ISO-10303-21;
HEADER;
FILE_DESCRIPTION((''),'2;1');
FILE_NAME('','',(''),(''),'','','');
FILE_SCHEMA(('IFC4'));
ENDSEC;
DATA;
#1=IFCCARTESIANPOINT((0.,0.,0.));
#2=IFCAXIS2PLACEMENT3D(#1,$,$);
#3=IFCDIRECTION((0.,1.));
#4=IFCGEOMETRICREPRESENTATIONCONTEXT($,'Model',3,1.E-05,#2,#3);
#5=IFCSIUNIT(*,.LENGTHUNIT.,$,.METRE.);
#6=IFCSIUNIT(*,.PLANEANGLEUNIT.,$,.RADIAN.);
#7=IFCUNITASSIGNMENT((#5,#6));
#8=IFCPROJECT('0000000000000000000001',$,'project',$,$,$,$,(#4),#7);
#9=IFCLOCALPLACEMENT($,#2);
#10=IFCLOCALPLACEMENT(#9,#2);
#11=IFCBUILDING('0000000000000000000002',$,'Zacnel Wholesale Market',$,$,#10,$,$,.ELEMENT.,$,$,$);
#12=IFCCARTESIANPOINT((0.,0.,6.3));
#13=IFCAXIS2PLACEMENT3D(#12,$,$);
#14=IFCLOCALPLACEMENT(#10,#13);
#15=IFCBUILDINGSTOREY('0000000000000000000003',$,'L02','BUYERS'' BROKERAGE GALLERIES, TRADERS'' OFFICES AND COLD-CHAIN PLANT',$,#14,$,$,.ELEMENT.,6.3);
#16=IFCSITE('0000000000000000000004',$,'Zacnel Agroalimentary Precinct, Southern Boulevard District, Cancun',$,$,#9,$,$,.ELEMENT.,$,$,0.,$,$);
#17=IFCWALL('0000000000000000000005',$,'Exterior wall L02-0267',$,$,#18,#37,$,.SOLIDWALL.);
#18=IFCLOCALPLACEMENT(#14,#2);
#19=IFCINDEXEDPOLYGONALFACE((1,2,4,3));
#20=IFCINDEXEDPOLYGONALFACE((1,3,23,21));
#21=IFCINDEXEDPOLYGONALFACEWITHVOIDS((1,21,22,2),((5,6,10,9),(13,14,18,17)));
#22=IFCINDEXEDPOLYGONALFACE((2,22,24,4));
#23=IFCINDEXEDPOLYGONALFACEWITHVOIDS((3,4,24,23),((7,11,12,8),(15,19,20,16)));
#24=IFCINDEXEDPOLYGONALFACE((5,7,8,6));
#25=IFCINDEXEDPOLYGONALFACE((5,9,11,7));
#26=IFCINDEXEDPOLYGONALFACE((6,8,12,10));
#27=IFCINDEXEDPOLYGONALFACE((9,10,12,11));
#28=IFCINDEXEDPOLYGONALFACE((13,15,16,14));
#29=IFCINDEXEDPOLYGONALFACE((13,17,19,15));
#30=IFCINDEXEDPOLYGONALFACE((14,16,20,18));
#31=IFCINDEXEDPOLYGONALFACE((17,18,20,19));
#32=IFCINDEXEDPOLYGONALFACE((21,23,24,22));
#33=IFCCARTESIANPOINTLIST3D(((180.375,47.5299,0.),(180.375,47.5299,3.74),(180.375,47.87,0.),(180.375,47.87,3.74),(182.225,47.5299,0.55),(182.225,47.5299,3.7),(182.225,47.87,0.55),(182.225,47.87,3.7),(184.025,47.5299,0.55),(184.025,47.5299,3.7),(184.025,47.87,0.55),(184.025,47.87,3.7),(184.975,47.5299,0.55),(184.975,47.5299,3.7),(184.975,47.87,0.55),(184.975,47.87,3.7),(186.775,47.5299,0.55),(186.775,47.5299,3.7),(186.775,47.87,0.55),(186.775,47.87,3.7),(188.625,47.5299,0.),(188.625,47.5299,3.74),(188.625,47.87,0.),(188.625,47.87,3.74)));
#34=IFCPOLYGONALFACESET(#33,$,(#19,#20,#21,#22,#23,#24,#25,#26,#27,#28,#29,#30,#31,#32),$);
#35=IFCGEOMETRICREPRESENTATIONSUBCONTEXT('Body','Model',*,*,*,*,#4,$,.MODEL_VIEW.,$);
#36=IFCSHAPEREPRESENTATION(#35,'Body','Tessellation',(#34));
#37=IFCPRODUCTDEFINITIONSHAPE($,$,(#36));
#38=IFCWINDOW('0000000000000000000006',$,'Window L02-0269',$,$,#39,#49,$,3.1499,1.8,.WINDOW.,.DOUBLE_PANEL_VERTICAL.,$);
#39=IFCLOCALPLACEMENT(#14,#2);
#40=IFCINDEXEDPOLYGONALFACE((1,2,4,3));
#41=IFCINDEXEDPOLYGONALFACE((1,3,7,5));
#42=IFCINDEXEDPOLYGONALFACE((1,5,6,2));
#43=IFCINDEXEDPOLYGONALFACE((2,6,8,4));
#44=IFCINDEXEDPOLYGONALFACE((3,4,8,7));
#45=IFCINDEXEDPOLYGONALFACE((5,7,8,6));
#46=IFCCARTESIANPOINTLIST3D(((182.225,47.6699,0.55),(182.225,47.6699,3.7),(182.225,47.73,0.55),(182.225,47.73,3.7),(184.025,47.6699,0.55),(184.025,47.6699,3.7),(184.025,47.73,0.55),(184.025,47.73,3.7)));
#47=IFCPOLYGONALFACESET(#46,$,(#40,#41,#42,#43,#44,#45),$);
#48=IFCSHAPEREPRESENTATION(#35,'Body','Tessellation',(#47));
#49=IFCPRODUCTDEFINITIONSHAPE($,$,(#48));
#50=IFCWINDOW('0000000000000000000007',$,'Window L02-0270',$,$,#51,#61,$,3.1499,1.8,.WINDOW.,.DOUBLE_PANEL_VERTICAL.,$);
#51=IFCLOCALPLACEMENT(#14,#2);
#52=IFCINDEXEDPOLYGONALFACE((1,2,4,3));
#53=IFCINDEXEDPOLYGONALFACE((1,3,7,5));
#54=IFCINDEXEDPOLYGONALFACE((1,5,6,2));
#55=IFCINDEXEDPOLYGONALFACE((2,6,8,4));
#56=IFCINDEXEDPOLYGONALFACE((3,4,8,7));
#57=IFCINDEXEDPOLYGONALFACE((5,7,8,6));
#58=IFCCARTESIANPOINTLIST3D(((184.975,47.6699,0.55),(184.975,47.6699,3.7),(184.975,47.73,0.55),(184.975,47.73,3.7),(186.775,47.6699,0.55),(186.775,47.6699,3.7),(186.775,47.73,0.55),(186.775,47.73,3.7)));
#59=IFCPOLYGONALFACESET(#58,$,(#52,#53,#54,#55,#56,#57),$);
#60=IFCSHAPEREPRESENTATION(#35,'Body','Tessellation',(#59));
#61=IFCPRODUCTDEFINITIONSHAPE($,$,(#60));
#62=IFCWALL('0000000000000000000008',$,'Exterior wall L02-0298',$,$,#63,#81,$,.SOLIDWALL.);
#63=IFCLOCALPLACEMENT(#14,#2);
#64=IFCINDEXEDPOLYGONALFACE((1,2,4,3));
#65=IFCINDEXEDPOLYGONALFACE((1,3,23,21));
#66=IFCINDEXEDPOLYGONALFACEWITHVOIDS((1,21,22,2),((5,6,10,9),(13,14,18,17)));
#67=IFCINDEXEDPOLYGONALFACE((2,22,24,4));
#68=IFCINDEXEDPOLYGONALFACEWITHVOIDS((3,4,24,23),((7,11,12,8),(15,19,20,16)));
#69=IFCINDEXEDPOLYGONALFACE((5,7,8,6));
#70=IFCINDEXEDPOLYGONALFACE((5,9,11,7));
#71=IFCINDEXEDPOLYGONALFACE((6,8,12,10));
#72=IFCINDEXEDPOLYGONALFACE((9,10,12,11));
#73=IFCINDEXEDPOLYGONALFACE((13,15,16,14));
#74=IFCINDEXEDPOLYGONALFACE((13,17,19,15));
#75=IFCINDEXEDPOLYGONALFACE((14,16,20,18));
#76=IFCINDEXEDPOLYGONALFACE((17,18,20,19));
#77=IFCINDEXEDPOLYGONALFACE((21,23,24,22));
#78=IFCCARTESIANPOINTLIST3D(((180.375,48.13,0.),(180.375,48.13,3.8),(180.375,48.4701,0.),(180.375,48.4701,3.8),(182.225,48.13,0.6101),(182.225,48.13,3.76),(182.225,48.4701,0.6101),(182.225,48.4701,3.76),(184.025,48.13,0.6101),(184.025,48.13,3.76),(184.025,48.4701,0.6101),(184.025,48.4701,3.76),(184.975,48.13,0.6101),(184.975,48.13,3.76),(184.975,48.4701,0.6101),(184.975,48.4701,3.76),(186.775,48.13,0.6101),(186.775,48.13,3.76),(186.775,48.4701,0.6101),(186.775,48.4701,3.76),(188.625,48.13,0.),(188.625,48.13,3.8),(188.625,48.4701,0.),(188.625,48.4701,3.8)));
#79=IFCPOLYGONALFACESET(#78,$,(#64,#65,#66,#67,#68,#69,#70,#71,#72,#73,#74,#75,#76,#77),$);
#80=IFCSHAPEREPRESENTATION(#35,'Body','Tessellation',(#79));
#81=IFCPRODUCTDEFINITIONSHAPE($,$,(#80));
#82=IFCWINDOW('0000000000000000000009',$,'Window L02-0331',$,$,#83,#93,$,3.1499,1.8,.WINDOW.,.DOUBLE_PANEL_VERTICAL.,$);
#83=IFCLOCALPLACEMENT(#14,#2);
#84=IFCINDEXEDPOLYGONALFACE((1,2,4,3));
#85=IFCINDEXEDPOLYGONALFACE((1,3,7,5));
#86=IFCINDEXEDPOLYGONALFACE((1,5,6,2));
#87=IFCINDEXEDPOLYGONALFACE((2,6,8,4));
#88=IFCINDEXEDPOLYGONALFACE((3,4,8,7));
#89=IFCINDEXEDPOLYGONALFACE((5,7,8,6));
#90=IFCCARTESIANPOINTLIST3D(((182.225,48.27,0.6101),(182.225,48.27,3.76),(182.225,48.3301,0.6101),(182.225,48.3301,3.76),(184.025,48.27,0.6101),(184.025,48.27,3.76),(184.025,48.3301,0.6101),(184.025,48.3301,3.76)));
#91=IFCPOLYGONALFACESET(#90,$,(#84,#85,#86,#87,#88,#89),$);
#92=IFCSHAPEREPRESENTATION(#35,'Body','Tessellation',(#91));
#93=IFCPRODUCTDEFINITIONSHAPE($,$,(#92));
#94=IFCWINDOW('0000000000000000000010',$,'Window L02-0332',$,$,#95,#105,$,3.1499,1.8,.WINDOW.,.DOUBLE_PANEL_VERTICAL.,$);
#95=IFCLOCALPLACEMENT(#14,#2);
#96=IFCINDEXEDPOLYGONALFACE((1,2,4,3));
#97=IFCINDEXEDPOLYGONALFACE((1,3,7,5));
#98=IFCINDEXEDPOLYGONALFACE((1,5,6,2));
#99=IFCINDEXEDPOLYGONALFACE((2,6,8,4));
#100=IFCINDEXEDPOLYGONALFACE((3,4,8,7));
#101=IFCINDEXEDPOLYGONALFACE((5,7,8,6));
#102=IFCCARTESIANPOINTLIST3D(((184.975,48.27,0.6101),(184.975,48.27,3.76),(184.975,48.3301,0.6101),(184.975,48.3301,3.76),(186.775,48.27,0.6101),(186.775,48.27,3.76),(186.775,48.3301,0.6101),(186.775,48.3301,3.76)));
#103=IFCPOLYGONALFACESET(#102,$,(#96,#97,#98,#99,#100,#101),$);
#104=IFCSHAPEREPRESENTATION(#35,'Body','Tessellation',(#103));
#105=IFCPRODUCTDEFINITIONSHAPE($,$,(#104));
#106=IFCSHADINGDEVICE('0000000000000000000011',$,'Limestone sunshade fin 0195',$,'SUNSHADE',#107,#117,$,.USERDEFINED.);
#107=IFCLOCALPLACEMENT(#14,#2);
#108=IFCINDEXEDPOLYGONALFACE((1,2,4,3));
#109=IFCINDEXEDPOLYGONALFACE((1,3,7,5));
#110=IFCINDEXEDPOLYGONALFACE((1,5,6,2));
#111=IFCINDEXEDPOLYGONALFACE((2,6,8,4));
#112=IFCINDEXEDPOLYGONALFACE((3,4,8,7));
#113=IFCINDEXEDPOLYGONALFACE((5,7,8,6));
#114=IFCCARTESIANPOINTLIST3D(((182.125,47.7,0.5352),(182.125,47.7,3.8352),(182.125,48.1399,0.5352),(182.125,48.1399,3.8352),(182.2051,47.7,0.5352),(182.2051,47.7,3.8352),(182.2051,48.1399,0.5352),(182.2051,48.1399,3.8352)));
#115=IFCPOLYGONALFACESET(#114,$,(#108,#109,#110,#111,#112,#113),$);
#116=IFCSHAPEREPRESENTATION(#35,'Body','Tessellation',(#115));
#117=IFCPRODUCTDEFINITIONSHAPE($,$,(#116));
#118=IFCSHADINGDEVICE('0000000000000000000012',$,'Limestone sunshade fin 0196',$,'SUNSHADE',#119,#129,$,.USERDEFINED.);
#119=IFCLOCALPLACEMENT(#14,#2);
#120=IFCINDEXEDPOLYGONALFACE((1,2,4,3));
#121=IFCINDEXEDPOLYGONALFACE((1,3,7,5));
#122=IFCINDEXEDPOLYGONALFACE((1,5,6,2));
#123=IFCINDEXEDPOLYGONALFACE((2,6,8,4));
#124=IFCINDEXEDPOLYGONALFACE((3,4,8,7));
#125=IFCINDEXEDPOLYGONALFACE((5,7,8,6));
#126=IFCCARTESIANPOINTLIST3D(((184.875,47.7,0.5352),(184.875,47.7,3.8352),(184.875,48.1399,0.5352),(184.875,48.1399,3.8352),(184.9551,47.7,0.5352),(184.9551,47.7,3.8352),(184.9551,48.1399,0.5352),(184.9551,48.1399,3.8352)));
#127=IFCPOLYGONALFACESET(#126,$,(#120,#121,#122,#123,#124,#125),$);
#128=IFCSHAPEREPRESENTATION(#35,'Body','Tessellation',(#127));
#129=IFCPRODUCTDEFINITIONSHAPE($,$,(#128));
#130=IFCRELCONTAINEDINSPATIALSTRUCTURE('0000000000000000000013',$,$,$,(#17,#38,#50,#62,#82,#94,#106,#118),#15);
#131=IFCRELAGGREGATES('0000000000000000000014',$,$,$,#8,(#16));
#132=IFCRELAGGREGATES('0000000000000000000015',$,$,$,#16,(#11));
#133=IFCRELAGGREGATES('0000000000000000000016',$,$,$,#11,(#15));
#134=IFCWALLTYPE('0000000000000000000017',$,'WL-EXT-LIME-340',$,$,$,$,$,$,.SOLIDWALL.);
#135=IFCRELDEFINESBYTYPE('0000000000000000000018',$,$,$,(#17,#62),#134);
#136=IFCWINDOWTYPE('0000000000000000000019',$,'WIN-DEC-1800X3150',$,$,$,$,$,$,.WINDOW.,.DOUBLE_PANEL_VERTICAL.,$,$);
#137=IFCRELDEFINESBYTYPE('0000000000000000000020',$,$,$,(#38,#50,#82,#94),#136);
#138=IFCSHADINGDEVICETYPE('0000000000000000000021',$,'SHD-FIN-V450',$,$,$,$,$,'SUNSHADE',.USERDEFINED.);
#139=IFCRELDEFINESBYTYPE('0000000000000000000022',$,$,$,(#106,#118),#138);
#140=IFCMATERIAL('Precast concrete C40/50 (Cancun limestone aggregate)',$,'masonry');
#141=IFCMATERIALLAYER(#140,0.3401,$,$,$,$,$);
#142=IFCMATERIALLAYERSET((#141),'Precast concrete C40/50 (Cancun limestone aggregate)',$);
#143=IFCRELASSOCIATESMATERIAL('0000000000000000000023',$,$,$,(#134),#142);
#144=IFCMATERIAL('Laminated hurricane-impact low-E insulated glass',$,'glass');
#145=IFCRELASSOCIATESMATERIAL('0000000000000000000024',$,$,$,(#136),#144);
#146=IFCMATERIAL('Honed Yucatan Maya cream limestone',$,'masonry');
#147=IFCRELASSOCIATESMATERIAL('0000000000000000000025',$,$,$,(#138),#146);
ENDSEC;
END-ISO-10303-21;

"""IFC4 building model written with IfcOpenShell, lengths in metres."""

from ifc_helpers import new_model, si_unit, direction, frame, frame_2d, origin, origin_2d, place, context, subcontext, project, spatial, rectangle, extrude, material, layer, layer_set, type_object, element, fill, save


model = new_model("IFC4")

# Units and contexts
model_context = context("Model", 3, precision=1e-05, world=origin(), true_north=direction((0.0, 1.0)))
body_context = subcontext(model_context, "Body", "Model", "MODEL_VIEW")
ifc_project = project(units=[si_unit("LENGTHUNIT", "METRE"), si_unit("PLANEANGLEUNIT", "RADIAN")], contexts=[model_context])

# Site, building, storey
site_placement = place(None, origin())
site = spatial("IfcSite", under=ifc_project, at=site_placement, Name="Zacnel Agroalimentary Precinct, Southern Boulevard District, Cancun", CompositionType="ELEMENT", RefElevation=0.0)
building_placement = place(site_placement, origin())
building = spatial("IfcBuilding", under=site, at=building_placement, Name="Zacnel Wholesale Market", CompositionType="ELEMENT")
storey_placement = place(building_placement, frame((0.0, 0.0, 6.3)))
storey = spatial("IfcBuildingStorey", under=building, at=storey_placement, Name="L02", Description="BUYERS' BROKERAGE GALLERIES, TRADERS' OFFICES AND COLD-CHAIN PLANT", CompositionType="ELEMENT", Elevation=6.3)

# Walls, openings, windows
ifc_material_1 = material(Name="Precast concrete C40/50 (Cancun limestone aggregate)", Category="masonry")
ifc_layer_1 = layer(ifc_material_1, 0.3401)
ifc_layer_set_1 = layer_set([ifc_layer_1], Name="Precast concrete C40/50 (Cancun limestone aggregate)")
wall_type_1 = type_object("IfcWallType", Name="WL-EXT-LIME-340", PredefinedType="SOLIDWALL", material=ifc_layer_set_1)
wall_1_placement = place(storey_placement, frame((180.375, 47.7, 0.0), z_axis=(0.0, 0.0, 1.0), x_axis=(1.0, 0.0, 0.0)))
wall_1 = element("IfcWall", 1, at=wall_1_placement, inside=storey, type_object=wall_type_1, Name="Exterior wall L02-0267", PredefinedType="SOLIDWALL", context=body_context, shape_type="SweptSolid", body=[
    extrude(rectangle(XDim=8.25, YDim=0.3401, at=frame_2d((4.125, 0.0))), origin(), (0.0, 0.0, 1.0), 3.74),
])
opening_1_placement = place(wall_1_placement, frame((1.8501, 0.0, 0.55)))
opening_1 = element("IfcOpeningElement", 2, at=opening_1_placement, cuts=wall_1, PredefinedType="OPENING", context=body_context, shape_type="SweptSolid", body=[
    extrude(rectangle(XDim=1.8, YDim=3.1499, at=frame_2d((0.8999, 1.575))), frame((0.0, 0.1799, 0.0), z_axis=(0.0, -1.0, 0.0), x_axis=(1.0, 0.0, 0.0)), (0.0, 0.0, 1.0), 0.3601),
])
opening_2_placement = place(wall_1_placement, frame((4.6001, 0.0, 0.55)))
opening_2 = element("IfcOpeningElement", 3, at=opening_2_placement, cuts=wall_1, PredefinedType="OPENING", context=body_context, shape_type="SweptSolid", body=[
    extrude(rectangle(XDim=1.8, YDim=3.1499, at=frame_2d((0.8999, 1.575))), frame((0.0, 0.1799, 0.0), z_axis=(0.0, -1.0, 0.0), x_axis=(1.0, 0.0, 0.0)), (0.0, 0.0, 1.0), 0.3601),
])
ifc_material_2 = material(Name="Laminated hurricane-impact low-E insulated glass", Category="glass")
window_type = type_object("IfcWindowType", Name="WIN-DEC-1800X3150", PartitioningType="DOUBLE_PANEL_VERTICAL", PredefinedType="WINDOW", material=ifc_material_2)
window_1_placement = place(opening_1_placement, origin())
window_1 = element("IfcWindow", 4, at=window_1_placement, inside=storey, type_object=window_type, Name="Window L02-0269", OverallHeight=3.1499, OverallWidth=1.8, PartitioningType="DOUBLE_PANEL_VERTICAL", PredefinedType="WINDOW", context=body_context, shape_type="SweptSolid", body=[
    extrude(rectangle(XDim=1.8, YDim=3.1499, at=frame_2d((0.8999, 1.575))), frame((0.0, 0.03, 0.0), z_axis=(0.0, -1.0, 0.0), x_axis=(1.0, 0.0, 0.0)), (0.0, 0.0, 1.0), 0.0601),
])
fill(opening_1, window_1)
window_2_placement = place(opening_2_placement, origin())
window_2 = element("IfcWindow", 5, at=window_2_placement, inside=storey, type_object=window_type, Name="Window L02-0270", OverallHeight=3.1499, OverallWidth=1.8, PartitioningType="DOUBLE_PANEL_VERTICAL", PredefinedType="WINDOW", context=body_context, shape_type="SweptSolid", body=[
    extrude(rectangle(XDim=1.8, YDim=3.1499, at=frame_2d((0.8999, 1.575))), frame((0.0, 0.03, 0.0), z_axis=(0.0, -1.0, 0.0), x_axis=(1.0, 0.0, 0.0)), (0.0, 0.0, 1.0), 0.0601),
])
fill(opening_2, window_2)
wall_2_placement = place(storey_placement, frame((180.375, 48.3, 0.0), z_axis=(0.0, 0.0, 1.0), x_axis=(1.0, 0.0, 0.0)))
wall_2 = element("IfcWall", 6, at=wall_2_placement, inside=storey, type_object=wall_type_1, Name="Exterior wall L02-0298", PredefinedType="SOLIDWALL", context=body_context, shape_type="SweptSolid", body=[
    extrude(rectangle(XDim=8.25, YDim=0.3401, at=frame_2d((4.125, 0.0))), origin(), (0.0, 0.0, 1.0), 3.8),
])
opening_3_placement = place(wall_2_placement, frame((1.8501, 0.0, 0.6101)))
opening_3 = element("IfcOpeningElement", 7, at=opening_3_placement, cuts=wall_2, PredefinedType="OPENING", context=body_context, shape_type="SweptSolid", body=[
    extrude(rectangle(XDim=1.8, YDim=3.1499, at=frame_2d((0.8999, 1.575))), frame((0.0, 0.1799, 0.0), z_axis=(0.0, -1.0, 0.0), x_axis=(1.0, 0.0, 0.0)), (0.0, 0.0, 1.0), 0.3601),
])
opening_4_placement = place(wall_2_placement, frame((4.6001, 0.0, 0.6101)))
opening_4 = element("IfcOpeningElement", 8, at=opening_4_placement, cuts=wall_2, PredefinedType="OPENING", context=body_context, shape_type="SweptSolid", body=[
    extrude(rectangle(XDim=1.8, YDim=3.1499, at=frame_2d((0.8999, 1.575))), frame((0.0, 0.1799, 0.0), z_axis=(0.0, -1.0, 0.0), x_axis=(1.0, 0.0, 0.0)), (0.0, 0.0, 1.0), 0.3601),
])
window_3_placement = place(opening_3_placement, origin())
window_3 = element("IfcWindow", 9, at=window_3_placement, inside=storey, type_object=window_type, Name="Window L02-0331", OverallHeight=3.1499, OverallWidth=1.8, PartitioningType="DOUBLE_PANEL_VERTICAL", PredefinedType="WINDOW", context=body_context, shape_type="SweptSolid", body=[
    extrude(rectangle(XDim=1.8, YDim=3.1499, at=frame_2d((0.8999, 1.575))), frame((0.0, 0.03, 0.0), z_axis=(0.0, -1.0, 0.0), x_axis=(1.0, 0.0, 0.0)), (0.0, 0.0, 1.0), 0.0601),
])
fill(opening_3, window_3)
window_4_placement = place(opening_4_placement, origin())
window_4 = element("IfcWindow", 10, at=window_4_placement, inside=storey, type_object=window_type, Name="Window L02-0332", OverallHeight=3.1499, OverallWidth=1.8, PartitioningType="DOUBLE_PANEL_VERTICAL", PredefinedType="WINDOW", context=body_context, shape_type="SweptSolid", body=[
    extrude(rectangle(XDim=1.8, YDim=3.1499, at=frame_2d((0.8999, 1.575))), frame((0.0, 0.03, 0.0), z_axis=(0.0, -1.0, 0.0), x_axis=(1.0, 0.0, 0.0)), (0.0, 0.0, 1.0), 0.0601),
])
fill(opening_4, window_4)

# Shading devices
ifc_material_3 = material(Name="Honed Yucatan Maya cream limestone", Category="masonry")
shading_device_type = type_object("IfcShadingDeviceType", Name="SHD-FIN-V450", ElementType="SUNSHADE", PredefinedType="USERDEFINED", material=ifc_material_3)
for number, where, z_axis, x_axis, name in (
    (11, (182.165, 47.9199, 0.5352), (0.0, 0.0, 1.0), (1.0, 0.0, 0.0), "Limestone sunshade fin 0195"),
    (12, (184.915, 47.9199, 0.5352), (0.0, 0.0, 1.0), (1.0, 0.0, 0.0), "Limestone sunshade fin 0196"),
):
    element("IfcShadingDevice", number, at=place(storey_placement, frame(where, z_axis=z_axis, x_axis=x_axis)), inside=storey, type_object=shading_device_type, Name=name, ObjectType="SUNSHADE", PredefinedType="USERDEFINED", context=body_context, shape_type="SweptSolid", body=[
        extrude(rectangle(XDim=0.0801, YDim=0.4399, at=origin_2d()), origin(), (0.0, 0.0, 1.0), 3.3),
    ])

save(model, "model.ifc")
